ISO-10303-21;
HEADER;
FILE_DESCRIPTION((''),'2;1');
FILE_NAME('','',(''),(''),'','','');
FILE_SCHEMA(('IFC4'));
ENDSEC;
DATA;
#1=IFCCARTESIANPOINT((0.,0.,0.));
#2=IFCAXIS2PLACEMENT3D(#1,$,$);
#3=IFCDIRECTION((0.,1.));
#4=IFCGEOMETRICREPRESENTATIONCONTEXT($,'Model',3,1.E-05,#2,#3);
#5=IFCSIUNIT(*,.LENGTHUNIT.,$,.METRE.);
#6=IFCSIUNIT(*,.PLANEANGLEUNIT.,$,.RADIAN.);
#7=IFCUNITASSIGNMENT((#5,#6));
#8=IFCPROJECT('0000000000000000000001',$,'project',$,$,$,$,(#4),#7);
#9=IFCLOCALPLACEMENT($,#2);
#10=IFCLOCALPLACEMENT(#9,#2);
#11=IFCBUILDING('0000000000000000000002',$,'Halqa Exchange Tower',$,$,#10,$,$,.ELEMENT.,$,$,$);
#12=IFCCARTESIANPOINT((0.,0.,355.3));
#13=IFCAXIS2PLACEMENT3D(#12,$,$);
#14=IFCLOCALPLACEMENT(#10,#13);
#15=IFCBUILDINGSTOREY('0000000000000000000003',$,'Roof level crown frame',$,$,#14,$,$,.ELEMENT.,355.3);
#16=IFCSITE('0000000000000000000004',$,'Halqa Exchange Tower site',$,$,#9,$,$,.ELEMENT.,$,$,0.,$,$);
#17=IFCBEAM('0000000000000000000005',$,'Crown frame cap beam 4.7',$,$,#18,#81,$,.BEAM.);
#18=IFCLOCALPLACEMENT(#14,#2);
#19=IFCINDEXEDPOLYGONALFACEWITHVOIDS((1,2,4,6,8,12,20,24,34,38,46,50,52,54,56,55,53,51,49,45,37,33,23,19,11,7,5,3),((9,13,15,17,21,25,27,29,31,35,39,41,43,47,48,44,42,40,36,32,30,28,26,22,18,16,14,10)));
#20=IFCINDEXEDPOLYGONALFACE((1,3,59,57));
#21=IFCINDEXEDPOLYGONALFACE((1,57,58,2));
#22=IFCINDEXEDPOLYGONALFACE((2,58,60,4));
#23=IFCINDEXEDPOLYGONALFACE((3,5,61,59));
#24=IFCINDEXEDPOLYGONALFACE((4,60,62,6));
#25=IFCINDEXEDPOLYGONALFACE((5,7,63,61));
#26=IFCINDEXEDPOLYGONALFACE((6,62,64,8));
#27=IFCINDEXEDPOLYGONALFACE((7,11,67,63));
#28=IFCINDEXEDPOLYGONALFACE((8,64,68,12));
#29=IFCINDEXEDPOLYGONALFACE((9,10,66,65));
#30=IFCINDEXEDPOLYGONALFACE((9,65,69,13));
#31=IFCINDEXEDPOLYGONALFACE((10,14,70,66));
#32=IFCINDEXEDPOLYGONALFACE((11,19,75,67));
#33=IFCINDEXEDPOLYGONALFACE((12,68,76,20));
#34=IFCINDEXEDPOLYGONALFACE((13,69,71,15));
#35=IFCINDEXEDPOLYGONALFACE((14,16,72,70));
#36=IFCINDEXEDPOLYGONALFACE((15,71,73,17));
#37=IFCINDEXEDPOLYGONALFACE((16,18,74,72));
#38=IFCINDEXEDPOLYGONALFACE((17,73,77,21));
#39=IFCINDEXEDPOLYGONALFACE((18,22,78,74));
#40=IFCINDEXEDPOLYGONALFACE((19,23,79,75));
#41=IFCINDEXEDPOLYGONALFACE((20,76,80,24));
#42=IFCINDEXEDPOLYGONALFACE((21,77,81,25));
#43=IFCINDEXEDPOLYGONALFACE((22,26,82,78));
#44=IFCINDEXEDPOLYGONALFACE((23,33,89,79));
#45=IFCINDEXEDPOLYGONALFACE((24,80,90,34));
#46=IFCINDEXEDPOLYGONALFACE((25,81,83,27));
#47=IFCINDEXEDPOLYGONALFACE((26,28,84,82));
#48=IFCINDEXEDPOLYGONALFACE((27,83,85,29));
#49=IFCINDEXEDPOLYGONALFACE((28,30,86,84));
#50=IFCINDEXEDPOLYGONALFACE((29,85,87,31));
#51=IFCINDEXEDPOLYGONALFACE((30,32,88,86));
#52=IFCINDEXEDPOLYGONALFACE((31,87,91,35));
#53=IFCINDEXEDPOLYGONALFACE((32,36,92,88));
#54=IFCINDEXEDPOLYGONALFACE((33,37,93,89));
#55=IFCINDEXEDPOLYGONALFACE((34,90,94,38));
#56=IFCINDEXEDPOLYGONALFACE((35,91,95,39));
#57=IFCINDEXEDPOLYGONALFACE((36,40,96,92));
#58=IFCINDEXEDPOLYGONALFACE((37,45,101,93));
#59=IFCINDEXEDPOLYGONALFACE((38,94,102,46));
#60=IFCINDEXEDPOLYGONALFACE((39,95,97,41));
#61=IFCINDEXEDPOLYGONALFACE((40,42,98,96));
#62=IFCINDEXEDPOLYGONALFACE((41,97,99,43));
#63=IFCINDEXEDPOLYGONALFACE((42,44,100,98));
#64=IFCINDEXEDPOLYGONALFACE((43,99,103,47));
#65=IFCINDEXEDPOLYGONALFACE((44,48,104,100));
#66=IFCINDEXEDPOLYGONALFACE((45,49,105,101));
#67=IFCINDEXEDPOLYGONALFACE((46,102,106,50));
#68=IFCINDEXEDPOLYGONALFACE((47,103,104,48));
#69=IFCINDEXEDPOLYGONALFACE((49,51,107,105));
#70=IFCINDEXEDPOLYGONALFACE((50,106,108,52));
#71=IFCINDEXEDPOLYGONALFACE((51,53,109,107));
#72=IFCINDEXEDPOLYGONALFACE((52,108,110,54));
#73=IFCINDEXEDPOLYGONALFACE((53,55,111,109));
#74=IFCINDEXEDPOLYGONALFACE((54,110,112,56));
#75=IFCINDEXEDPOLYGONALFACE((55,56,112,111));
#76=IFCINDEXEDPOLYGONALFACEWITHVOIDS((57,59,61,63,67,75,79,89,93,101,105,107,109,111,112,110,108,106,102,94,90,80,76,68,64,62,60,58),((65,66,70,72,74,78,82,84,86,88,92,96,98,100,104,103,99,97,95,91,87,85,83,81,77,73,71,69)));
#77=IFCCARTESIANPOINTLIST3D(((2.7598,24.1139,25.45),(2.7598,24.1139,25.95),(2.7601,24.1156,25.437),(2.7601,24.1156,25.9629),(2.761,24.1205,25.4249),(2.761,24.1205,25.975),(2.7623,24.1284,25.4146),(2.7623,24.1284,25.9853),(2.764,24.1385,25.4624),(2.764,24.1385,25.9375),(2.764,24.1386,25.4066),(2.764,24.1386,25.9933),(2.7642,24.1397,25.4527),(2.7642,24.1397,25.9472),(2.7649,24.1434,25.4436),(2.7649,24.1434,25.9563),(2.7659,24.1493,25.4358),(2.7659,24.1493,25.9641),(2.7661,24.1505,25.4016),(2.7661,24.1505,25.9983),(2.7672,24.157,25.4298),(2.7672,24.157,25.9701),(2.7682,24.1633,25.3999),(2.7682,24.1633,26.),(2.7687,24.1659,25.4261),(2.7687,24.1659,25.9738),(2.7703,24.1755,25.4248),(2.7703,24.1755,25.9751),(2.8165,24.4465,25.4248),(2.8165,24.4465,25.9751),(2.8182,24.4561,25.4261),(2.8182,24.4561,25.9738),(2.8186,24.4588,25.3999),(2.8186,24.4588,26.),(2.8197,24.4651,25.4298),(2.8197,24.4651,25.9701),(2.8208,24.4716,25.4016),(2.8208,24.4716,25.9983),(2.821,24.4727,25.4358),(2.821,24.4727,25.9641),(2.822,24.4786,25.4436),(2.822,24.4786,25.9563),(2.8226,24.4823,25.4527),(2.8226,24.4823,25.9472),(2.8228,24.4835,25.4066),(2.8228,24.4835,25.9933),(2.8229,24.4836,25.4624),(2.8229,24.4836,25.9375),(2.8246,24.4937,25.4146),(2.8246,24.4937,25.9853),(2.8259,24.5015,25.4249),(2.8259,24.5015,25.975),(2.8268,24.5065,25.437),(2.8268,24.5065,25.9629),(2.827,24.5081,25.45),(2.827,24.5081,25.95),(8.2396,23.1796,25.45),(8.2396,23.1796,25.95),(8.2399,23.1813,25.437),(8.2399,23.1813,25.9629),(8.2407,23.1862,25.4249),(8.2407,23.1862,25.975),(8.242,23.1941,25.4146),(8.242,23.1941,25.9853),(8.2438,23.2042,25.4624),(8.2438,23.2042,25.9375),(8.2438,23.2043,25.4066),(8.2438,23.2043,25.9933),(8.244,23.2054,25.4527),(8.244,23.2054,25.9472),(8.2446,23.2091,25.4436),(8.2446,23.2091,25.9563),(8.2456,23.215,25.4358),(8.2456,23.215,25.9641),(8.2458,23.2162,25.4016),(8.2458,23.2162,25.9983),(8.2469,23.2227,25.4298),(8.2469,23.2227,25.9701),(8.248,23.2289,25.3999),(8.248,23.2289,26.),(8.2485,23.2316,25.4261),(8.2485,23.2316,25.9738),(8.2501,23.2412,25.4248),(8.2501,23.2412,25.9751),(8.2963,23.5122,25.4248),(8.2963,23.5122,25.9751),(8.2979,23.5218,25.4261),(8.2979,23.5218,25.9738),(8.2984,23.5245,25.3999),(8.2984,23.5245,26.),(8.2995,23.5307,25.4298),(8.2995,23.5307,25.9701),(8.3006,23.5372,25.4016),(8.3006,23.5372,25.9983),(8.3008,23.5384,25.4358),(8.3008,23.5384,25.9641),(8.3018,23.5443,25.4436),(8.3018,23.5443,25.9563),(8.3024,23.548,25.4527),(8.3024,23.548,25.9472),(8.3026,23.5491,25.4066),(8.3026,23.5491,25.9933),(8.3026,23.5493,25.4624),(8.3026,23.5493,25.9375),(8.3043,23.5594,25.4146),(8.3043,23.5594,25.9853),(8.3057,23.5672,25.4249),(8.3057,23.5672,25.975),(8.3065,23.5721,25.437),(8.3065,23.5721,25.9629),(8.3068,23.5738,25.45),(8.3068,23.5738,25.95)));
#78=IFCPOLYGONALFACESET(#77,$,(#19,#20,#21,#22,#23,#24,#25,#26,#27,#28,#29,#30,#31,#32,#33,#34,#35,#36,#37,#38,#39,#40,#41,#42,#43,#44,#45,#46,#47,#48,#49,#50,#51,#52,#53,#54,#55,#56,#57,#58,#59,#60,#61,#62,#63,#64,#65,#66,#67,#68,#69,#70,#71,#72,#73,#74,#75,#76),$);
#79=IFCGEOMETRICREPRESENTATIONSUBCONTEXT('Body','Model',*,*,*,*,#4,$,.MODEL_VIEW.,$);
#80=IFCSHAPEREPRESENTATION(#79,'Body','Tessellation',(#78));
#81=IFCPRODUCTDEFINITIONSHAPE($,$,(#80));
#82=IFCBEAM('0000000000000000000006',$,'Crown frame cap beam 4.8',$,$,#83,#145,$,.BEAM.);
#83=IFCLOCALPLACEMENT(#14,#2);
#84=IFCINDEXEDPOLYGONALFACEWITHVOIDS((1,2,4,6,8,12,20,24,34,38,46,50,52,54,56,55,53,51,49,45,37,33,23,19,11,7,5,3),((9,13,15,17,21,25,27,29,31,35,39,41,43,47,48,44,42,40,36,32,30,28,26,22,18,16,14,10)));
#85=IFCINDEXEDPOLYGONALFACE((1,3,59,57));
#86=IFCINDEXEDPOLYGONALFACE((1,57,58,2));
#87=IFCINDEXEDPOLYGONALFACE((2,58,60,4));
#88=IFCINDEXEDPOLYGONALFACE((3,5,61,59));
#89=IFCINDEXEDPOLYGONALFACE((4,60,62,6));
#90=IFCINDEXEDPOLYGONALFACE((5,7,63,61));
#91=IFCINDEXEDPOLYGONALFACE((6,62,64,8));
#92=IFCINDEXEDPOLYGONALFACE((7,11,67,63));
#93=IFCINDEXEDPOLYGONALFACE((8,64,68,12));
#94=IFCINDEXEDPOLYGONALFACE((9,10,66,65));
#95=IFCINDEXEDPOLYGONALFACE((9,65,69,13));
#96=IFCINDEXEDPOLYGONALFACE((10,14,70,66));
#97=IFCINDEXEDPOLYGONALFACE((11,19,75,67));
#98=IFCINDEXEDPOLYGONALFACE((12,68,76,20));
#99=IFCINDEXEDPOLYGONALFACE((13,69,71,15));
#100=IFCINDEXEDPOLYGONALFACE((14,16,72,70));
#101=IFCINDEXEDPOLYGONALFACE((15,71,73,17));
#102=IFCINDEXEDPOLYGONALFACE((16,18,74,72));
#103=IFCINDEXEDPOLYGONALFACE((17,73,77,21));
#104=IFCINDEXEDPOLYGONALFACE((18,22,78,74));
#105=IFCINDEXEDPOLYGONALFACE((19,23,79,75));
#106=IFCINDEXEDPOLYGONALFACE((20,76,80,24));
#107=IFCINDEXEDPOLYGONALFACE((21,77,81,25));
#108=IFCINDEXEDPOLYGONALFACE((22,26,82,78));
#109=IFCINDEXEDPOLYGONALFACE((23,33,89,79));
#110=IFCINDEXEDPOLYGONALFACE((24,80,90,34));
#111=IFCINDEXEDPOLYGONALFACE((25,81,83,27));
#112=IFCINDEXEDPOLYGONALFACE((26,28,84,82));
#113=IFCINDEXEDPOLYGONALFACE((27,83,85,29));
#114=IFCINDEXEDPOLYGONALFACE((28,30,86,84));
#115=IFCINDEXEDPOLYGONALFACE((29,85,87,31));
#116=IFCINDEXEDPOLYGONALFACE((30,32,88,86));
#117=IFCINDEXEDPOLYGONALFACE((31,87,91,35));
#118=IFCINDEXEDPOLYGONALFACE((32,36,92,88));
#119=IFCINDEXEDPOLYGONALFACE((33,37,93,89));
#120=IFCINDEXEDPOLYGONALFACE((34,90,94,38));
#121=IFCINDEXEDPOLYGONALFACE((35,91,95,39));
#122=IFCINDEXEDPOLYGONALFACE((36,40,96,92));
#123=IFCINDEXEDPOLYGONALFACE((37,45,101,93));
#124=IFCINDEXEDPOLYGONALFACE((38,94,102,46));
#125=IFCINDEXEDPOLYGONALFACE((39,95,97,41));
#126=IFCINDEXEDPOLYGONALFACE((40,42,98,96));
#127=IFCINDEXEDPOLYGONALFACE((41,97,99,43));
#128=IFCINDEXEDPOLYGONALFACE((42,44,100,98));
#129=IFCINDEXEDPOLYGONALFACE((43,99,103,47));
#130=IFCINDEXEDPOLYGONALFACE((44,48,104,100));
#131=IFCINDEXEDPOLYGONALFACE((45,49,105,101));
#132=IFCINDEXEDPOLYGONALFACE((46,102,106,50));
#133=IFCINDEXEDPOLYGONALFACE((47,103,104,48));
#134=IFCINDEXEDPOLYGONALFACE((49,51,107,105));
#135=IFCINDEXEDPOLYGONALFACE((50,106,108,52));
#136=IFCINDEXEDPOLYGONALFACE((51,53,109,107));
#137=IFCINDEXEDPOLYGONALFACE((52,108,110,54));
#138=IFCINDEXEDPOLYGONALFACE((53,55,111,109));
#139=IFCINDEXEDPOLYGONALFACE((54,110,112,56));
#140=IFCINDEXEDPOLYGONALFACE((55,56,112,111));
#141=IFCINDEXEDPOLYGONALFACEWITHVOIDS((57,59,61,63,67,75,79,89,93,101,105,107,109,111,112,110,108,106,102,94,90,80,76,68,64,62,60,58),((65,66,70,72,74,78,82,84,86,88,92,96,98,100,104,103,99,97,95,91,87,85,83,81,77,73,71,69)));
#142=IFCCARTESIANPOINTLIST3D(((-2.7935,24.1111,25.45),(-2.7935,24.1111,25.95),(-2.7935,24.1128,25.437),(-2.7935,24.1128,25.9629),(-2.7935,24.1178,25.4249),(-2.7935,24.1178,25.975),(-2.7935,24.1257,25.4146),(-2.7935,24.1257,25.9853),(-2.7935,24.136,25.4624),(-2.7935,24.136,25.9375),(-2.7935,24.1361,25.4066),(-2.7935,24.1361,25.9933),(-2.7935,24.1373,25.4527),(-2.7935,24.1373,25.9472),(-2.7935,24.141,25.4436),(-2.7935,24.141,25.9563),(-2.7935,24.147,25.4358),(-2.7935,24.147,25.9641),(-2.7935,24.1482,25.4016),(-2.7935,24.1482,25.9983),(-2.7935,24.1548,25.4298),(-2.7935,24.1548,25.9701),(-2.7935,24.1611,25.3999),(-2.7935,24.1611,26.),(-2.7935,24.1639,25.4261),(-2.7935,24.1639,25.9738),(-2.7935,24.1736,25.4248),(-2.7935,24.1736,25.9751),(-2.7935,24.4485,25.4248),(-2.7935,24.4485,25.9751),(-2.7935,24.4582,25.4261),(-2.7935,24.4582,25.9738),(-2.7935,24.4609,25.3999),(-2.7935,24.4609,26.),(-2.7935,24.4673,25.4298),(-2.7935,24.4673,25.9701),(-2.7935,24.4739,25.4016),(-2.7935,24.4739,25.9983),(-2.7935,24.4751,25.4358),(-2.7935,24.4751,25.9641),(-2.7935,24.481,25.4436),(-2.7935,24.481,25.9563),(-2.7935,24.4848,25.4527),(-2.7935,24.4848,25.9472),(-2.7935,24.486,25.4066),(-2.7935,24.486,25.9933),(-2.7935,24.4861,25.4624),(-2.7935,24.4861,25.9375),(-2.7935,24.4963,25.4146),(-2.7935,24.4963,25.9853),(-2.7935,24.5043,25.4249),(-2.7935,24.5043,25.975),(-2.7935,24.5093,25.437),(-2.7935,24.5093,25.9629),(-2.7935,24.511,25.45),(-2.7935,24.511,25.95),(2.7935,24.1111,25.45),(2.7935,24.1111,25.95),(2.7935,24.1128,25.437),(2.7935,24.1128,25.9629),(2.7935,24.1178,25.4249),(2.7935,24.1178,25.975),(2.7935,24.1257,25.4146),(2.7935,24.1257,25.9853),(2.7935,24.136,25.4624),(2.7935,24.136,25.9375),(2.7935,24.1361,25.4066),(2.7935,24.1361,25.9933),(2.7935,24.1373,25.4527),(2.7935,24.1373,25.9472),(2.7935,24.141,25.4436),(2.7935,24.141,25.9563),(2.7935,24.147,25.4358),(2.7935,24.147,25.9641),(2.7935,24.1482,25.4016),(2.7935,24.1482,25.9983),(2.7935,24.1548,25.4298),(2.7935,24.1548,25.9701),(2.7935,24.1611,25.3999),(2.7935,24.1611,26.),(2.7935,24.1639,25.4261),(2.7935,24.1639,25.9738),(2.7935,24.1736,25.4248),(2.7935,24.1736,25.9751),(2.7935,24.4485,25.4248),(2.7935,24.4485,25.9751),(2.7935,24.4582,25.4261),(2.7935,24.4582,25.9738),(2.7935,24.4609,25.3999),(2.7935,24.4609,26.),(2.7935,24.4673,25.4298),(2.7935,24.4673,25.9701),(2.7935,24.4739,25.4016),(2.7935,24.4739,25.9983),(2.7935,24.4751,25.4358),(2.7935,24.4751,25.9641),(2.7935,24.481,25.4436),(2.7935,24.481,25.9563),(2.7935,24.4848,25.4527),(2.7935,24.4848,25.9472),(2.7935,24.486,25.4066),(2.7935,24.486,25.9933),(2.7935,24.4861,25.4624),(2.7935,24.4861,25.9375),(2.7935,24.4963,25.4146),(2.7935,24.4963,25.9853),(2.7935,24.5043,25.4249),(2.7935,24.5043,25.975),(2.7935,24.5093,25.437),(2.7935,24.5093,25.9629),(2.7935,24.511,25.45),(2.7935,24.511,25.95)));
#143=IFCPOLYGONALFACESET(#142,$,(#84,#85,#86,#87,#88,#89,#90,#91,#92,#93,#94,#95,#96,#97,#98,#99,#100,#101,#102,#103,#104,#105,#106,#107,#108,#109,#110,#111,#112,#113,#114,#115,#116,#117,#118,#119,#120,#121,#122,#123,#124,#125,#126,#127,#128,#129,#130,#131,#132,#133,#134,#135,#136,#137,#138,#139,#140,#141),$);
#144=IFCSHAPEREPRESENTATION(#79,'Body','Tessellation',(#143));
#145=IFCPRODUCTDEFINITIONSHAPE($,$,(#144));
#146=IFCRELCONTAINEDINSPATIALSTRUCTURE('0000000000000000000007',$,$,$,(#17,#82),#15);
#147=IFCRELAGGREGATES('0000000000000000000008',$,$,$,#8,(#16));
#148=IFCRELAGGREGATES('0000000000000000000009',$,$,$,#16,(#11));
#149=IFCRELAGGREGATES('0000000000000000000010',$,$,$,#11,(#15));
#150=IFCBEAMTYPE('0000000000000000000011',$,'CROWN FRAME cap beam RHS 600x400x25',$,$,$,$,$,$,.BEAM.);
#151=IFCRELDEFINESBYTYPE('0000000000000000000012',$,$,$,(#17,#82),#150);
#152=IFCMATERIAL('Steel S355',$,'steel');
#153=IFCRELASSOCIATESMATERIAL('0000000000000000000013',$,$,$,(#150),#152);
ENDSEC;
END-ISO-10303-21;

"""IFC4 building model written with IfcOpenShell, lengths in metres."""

from ifc_helpers import new_model, si_unit, direction, frame, origin, origin_2d, place, context, subcontext, project, spatial, hollow_rectangle, extrude, material, material_profile, profile_set, type_object, element, save


model = new_model("IFC4")

# Units and contexts
model_context = context("Model", 3, precision=1e-05, world=origin(), true_north=direction((0.0, 1.0)))
body_context = subcontext(model_context, "Body", "Model", "MODEL_VIEW")
ifc_project = project(units=[si_unit("LENGTHUNIT", "METRE"), si_unit("PLANEANGLEUNIT", "RADIAN")], contexts=[model_context])

# Site, building, storey
site_placement = place(None, origin())
site = spatial("IfcSite", under=ifc_project, at=site_placement, Name="Halqa Exchange Tower site", CompositionType="ELEMENT", RefElevation=0.0)
building_placement = place(site_placement, origin())
building = spatial("IfcBuilding", under=site, at=building_placement, Name="Halqa Exchange Tower", CompositionType="ELEMENT")
storey_placement = place(building_placement, frame((0.0, 0.0, 355.3)))
storey = spatial("IfcBuildingStorey", under=building, at=storey_placement, Name="Roof level crown frame", CompositionType="ELEMENT", Elevation=355.3)

# Shared definitions
ifc_material_1 = material(Name="Steel S355", Category="steel")

# Beams
ifc_material_profile_1 = material_profile(ifc_material_1, hollow_rectangle(XDim=0.3999, YDim=0.6001, WallThickness=0.0249, InnerFilletRadius=0.0376, OuterFilletRadius=0.05, at=origin_2d()), Name="RHS 600x400x25")
ifc_profile_set_1 = profile_set([ifc_material_profile_1], Name="Steel S355")
beam_type_1 = type_object("IfcBeamType", Name="CROWN FRAME cap beam RHS 600x400x25", PredefinedType="BEAM", material=ifc_profile_set_1)
beam_1_placement = place(storey_placement, frame((8.2732, 23.3767, 25.7), z_axis=(-0.985773, 0.16808, 0.0), x_axis=(-0.16808, -0.985773, 0.0)))
element("IfcBeam", 1, at=beam_1_placement, inside=storey, type_object=beam_type_1, Name="Crown frame cap beam 4.7", PredefinedType="BEAM", context=body_context, shape_type="SweptSolid", body=[
    extrude(hollow_rectangle(XDim=0.3999, YDim=0.6001, WallThickness=0.0249, InnerFilletRadius=0.0376, OuterFilletRadius=0.05, at=origin_2d()), origin(), (0.0, 0.0, 1.0), 5.5588),
])
beam_2_placement = place(storey_placement, frame((2.7935, 24.311, 25.7), z_axis=(-1.0, 0.0, 0.0), x_axis=(0.0, -1.0, 0.0)))
element("IfcBeam", 2, at=beam_2_placement, inside=storey, type_object=beam_type_1, Name="Crown frame cap beam 4.8", PredefinedType="BEAM", context=body_context, shape_type="SweptSolid", body=[
    extrude(hollow_rectangle(XDim=0.3999, YDim=0.6001, WallThickness=0.0249, InnerFilletRadius=0.0376, OuterFilletRadius=0.05, at=origin_2d()), origin(), (0.0, 0.0, 1.0), 5.5869),
])

save(model, "model.ifc")
